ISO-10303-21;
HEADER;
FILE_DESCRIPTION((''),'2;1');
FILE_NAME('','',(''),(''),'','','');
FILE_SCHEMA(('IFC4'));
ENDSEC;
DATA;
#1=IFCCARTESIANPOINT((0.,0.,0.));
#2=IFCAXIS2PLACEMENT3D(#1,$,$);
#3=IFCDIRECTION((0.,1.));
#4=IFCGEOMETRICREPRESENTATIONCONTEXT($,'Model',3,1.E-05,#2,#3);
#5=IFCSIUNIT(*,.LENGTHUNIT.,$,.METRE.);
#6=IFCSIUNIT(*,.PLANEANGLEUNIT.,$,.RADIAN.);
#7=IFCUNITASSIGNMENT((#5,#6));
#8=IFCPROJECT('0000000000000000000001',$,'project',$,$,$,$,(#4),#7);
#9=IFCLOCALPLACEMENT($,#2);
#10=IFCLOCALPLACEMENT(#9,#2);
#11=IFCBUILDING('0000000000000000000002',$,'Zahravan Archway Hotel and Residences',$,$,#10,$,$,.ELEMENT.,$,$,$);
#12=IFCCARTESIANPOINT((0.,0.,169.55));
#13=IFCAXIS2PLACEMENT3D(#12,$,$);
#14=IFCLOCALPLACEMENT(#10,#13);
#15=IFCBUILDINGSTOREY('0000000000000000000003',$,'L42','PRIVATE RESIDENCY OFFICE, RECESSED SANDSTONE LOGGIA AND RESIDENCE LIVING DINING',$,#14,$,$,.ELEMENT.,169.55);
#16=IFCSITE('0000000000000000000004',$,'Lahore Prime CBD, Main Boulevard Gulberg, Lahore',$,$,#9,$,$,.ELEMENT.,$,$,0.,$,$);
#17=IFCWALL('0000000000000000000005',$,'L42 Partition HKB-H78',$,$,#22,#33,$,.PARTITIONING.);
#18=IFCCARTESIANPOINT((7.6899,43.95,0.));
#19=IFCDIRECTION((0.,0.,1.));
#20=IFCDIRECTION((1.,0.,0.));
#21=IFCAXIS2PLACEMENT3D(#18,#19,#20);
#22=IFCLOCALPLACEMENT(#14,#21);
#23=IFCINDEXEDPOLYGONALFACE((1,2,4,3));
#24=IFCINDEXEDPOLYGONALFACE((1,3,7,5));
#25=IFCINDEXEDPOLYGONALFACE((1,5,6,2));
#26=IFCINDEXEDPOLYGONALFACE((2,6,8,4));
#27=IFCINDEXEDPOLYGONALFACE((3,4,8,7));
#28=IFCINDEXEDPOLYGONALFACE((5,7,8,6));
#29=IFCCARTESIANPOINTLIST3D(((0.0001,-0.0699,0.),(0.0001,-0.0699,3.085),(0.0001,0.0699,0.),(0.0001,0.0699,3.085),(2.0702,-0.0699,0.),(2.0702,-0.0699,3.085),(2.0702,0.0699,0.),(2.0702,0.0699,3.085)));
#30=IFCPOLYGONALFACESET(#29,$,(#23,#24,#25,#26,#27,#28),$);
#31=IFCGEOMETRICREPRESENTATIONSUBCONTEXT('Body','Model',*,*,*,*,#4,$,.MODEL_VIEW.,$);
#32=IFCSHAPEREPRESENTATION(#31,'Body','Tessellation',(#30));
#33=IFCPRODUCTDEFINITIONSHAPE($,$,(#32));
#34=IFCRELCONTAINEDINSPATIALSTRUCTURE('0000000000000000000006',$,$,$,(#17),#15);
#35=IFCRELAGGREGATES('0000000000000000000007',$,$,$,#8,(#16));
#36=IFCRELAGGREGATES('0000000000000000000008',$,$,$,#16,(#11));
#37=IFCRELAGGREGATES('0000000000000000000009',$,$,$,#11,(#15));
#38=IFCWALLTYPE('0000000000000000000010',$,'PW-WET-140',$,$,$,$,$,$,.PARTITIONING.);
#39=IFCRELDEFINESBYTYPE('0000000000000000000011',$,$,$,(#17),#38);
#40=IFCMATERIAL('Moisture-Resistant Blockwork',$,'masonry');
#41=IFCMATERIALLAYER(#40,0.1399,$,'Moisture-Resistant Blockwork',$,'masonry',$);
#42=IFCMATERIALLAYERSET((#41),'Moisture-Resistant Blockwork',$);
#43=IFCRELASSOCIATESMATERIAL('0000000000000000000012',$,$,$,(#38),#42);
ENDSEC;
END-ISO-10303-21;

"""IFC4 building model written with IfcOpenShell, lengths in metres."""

from ifc_helpers import new_model, si_unit, direction, frame, frame_2d, origin, place, context, subcontext, project, spatial, rectangle, extrude, material, layer, layer_set, type_object, element, save


model = new_model("IFC4")

# Units and contexts
model_context = context("Model", 3, precision=1e-05, world=origin(), true_north=direction((0.0, 1.0)))
body_context = subcontext(model_context, "Body", "Model", "MODEL_VIEW")
ifc_project = project(units=[si_unit("LENGTHUNIT", "METRE"), si_unit("PLANEANGLEUNIT", "RADIAN")], contexts=[model_context])

# Site, building, storey
site_placement = place(None, origin())
site = spatial("IfcSite", under=ifc_project, at=site_placement, Name="Lahore Prime CBD, Main Boulevard Gulberg, Lahore", CompositionType="ELEMENT", RefElevation=0.0)
building_placement = place(site_placement, origin())
building = spatial("IfcBuilding", under=site, at=building_placement, Name="Zahravan Archway Hotel and Residences", CompositionType="ELEMENT")
storey_placement = place(building_placement, frame((0.0, 0.0, 169.55)))
storey = spatial("IfcBuildingStorey", under=building, at=storey_placement, Name="L42", Description="PRIVATE RESIDENCY OFFICE, RECESSED SANDSTONE LOGGIA AND RESIDENCE LIVING DINING", CompositionType="ELEMENT", Elevation=169.55)

# Wall
ifc_material_1 = material(Name="Moisture-Resistant Blockwork", Category="masonry")
ifc_layer_1 = layer(ifc_material_1, 0.1399, Name="Moisture-Resistant Blockwork", Category="masonry")
ifc_layer_set_1 = layer_set([ifc_layer_1], Name="Moisture-Resistant Blockwork")
wall_type_1 = type_object("IfcWallType", Name="PW-WET-140", PredefinedType="PARTITIONING", material=ifc_layer_set_1)
wall_1_placement = place(storey_placement, frame((7.6899, 43.95, 0.0), z_axis=(0.0, 0.0, 1.0), x_axis=(1.0, 0.0, 0.0)))
element("IfcWall", 1, at=wall_1_placement, inside=storey, type_object=wall_type_1, Name="L42 Partition HKB-H78", PredefinedType="PARTITIONING", context=body_context, shape_type="SweptSolid", body=[
    extrude(rectangle(XDim=2.0701, YDim=0.1399, at=frame_2d((1.0352, 0.0))), origin(), (0.0, 0.0, 1.0), 3.085),
])

save(model, "model.ifc")
